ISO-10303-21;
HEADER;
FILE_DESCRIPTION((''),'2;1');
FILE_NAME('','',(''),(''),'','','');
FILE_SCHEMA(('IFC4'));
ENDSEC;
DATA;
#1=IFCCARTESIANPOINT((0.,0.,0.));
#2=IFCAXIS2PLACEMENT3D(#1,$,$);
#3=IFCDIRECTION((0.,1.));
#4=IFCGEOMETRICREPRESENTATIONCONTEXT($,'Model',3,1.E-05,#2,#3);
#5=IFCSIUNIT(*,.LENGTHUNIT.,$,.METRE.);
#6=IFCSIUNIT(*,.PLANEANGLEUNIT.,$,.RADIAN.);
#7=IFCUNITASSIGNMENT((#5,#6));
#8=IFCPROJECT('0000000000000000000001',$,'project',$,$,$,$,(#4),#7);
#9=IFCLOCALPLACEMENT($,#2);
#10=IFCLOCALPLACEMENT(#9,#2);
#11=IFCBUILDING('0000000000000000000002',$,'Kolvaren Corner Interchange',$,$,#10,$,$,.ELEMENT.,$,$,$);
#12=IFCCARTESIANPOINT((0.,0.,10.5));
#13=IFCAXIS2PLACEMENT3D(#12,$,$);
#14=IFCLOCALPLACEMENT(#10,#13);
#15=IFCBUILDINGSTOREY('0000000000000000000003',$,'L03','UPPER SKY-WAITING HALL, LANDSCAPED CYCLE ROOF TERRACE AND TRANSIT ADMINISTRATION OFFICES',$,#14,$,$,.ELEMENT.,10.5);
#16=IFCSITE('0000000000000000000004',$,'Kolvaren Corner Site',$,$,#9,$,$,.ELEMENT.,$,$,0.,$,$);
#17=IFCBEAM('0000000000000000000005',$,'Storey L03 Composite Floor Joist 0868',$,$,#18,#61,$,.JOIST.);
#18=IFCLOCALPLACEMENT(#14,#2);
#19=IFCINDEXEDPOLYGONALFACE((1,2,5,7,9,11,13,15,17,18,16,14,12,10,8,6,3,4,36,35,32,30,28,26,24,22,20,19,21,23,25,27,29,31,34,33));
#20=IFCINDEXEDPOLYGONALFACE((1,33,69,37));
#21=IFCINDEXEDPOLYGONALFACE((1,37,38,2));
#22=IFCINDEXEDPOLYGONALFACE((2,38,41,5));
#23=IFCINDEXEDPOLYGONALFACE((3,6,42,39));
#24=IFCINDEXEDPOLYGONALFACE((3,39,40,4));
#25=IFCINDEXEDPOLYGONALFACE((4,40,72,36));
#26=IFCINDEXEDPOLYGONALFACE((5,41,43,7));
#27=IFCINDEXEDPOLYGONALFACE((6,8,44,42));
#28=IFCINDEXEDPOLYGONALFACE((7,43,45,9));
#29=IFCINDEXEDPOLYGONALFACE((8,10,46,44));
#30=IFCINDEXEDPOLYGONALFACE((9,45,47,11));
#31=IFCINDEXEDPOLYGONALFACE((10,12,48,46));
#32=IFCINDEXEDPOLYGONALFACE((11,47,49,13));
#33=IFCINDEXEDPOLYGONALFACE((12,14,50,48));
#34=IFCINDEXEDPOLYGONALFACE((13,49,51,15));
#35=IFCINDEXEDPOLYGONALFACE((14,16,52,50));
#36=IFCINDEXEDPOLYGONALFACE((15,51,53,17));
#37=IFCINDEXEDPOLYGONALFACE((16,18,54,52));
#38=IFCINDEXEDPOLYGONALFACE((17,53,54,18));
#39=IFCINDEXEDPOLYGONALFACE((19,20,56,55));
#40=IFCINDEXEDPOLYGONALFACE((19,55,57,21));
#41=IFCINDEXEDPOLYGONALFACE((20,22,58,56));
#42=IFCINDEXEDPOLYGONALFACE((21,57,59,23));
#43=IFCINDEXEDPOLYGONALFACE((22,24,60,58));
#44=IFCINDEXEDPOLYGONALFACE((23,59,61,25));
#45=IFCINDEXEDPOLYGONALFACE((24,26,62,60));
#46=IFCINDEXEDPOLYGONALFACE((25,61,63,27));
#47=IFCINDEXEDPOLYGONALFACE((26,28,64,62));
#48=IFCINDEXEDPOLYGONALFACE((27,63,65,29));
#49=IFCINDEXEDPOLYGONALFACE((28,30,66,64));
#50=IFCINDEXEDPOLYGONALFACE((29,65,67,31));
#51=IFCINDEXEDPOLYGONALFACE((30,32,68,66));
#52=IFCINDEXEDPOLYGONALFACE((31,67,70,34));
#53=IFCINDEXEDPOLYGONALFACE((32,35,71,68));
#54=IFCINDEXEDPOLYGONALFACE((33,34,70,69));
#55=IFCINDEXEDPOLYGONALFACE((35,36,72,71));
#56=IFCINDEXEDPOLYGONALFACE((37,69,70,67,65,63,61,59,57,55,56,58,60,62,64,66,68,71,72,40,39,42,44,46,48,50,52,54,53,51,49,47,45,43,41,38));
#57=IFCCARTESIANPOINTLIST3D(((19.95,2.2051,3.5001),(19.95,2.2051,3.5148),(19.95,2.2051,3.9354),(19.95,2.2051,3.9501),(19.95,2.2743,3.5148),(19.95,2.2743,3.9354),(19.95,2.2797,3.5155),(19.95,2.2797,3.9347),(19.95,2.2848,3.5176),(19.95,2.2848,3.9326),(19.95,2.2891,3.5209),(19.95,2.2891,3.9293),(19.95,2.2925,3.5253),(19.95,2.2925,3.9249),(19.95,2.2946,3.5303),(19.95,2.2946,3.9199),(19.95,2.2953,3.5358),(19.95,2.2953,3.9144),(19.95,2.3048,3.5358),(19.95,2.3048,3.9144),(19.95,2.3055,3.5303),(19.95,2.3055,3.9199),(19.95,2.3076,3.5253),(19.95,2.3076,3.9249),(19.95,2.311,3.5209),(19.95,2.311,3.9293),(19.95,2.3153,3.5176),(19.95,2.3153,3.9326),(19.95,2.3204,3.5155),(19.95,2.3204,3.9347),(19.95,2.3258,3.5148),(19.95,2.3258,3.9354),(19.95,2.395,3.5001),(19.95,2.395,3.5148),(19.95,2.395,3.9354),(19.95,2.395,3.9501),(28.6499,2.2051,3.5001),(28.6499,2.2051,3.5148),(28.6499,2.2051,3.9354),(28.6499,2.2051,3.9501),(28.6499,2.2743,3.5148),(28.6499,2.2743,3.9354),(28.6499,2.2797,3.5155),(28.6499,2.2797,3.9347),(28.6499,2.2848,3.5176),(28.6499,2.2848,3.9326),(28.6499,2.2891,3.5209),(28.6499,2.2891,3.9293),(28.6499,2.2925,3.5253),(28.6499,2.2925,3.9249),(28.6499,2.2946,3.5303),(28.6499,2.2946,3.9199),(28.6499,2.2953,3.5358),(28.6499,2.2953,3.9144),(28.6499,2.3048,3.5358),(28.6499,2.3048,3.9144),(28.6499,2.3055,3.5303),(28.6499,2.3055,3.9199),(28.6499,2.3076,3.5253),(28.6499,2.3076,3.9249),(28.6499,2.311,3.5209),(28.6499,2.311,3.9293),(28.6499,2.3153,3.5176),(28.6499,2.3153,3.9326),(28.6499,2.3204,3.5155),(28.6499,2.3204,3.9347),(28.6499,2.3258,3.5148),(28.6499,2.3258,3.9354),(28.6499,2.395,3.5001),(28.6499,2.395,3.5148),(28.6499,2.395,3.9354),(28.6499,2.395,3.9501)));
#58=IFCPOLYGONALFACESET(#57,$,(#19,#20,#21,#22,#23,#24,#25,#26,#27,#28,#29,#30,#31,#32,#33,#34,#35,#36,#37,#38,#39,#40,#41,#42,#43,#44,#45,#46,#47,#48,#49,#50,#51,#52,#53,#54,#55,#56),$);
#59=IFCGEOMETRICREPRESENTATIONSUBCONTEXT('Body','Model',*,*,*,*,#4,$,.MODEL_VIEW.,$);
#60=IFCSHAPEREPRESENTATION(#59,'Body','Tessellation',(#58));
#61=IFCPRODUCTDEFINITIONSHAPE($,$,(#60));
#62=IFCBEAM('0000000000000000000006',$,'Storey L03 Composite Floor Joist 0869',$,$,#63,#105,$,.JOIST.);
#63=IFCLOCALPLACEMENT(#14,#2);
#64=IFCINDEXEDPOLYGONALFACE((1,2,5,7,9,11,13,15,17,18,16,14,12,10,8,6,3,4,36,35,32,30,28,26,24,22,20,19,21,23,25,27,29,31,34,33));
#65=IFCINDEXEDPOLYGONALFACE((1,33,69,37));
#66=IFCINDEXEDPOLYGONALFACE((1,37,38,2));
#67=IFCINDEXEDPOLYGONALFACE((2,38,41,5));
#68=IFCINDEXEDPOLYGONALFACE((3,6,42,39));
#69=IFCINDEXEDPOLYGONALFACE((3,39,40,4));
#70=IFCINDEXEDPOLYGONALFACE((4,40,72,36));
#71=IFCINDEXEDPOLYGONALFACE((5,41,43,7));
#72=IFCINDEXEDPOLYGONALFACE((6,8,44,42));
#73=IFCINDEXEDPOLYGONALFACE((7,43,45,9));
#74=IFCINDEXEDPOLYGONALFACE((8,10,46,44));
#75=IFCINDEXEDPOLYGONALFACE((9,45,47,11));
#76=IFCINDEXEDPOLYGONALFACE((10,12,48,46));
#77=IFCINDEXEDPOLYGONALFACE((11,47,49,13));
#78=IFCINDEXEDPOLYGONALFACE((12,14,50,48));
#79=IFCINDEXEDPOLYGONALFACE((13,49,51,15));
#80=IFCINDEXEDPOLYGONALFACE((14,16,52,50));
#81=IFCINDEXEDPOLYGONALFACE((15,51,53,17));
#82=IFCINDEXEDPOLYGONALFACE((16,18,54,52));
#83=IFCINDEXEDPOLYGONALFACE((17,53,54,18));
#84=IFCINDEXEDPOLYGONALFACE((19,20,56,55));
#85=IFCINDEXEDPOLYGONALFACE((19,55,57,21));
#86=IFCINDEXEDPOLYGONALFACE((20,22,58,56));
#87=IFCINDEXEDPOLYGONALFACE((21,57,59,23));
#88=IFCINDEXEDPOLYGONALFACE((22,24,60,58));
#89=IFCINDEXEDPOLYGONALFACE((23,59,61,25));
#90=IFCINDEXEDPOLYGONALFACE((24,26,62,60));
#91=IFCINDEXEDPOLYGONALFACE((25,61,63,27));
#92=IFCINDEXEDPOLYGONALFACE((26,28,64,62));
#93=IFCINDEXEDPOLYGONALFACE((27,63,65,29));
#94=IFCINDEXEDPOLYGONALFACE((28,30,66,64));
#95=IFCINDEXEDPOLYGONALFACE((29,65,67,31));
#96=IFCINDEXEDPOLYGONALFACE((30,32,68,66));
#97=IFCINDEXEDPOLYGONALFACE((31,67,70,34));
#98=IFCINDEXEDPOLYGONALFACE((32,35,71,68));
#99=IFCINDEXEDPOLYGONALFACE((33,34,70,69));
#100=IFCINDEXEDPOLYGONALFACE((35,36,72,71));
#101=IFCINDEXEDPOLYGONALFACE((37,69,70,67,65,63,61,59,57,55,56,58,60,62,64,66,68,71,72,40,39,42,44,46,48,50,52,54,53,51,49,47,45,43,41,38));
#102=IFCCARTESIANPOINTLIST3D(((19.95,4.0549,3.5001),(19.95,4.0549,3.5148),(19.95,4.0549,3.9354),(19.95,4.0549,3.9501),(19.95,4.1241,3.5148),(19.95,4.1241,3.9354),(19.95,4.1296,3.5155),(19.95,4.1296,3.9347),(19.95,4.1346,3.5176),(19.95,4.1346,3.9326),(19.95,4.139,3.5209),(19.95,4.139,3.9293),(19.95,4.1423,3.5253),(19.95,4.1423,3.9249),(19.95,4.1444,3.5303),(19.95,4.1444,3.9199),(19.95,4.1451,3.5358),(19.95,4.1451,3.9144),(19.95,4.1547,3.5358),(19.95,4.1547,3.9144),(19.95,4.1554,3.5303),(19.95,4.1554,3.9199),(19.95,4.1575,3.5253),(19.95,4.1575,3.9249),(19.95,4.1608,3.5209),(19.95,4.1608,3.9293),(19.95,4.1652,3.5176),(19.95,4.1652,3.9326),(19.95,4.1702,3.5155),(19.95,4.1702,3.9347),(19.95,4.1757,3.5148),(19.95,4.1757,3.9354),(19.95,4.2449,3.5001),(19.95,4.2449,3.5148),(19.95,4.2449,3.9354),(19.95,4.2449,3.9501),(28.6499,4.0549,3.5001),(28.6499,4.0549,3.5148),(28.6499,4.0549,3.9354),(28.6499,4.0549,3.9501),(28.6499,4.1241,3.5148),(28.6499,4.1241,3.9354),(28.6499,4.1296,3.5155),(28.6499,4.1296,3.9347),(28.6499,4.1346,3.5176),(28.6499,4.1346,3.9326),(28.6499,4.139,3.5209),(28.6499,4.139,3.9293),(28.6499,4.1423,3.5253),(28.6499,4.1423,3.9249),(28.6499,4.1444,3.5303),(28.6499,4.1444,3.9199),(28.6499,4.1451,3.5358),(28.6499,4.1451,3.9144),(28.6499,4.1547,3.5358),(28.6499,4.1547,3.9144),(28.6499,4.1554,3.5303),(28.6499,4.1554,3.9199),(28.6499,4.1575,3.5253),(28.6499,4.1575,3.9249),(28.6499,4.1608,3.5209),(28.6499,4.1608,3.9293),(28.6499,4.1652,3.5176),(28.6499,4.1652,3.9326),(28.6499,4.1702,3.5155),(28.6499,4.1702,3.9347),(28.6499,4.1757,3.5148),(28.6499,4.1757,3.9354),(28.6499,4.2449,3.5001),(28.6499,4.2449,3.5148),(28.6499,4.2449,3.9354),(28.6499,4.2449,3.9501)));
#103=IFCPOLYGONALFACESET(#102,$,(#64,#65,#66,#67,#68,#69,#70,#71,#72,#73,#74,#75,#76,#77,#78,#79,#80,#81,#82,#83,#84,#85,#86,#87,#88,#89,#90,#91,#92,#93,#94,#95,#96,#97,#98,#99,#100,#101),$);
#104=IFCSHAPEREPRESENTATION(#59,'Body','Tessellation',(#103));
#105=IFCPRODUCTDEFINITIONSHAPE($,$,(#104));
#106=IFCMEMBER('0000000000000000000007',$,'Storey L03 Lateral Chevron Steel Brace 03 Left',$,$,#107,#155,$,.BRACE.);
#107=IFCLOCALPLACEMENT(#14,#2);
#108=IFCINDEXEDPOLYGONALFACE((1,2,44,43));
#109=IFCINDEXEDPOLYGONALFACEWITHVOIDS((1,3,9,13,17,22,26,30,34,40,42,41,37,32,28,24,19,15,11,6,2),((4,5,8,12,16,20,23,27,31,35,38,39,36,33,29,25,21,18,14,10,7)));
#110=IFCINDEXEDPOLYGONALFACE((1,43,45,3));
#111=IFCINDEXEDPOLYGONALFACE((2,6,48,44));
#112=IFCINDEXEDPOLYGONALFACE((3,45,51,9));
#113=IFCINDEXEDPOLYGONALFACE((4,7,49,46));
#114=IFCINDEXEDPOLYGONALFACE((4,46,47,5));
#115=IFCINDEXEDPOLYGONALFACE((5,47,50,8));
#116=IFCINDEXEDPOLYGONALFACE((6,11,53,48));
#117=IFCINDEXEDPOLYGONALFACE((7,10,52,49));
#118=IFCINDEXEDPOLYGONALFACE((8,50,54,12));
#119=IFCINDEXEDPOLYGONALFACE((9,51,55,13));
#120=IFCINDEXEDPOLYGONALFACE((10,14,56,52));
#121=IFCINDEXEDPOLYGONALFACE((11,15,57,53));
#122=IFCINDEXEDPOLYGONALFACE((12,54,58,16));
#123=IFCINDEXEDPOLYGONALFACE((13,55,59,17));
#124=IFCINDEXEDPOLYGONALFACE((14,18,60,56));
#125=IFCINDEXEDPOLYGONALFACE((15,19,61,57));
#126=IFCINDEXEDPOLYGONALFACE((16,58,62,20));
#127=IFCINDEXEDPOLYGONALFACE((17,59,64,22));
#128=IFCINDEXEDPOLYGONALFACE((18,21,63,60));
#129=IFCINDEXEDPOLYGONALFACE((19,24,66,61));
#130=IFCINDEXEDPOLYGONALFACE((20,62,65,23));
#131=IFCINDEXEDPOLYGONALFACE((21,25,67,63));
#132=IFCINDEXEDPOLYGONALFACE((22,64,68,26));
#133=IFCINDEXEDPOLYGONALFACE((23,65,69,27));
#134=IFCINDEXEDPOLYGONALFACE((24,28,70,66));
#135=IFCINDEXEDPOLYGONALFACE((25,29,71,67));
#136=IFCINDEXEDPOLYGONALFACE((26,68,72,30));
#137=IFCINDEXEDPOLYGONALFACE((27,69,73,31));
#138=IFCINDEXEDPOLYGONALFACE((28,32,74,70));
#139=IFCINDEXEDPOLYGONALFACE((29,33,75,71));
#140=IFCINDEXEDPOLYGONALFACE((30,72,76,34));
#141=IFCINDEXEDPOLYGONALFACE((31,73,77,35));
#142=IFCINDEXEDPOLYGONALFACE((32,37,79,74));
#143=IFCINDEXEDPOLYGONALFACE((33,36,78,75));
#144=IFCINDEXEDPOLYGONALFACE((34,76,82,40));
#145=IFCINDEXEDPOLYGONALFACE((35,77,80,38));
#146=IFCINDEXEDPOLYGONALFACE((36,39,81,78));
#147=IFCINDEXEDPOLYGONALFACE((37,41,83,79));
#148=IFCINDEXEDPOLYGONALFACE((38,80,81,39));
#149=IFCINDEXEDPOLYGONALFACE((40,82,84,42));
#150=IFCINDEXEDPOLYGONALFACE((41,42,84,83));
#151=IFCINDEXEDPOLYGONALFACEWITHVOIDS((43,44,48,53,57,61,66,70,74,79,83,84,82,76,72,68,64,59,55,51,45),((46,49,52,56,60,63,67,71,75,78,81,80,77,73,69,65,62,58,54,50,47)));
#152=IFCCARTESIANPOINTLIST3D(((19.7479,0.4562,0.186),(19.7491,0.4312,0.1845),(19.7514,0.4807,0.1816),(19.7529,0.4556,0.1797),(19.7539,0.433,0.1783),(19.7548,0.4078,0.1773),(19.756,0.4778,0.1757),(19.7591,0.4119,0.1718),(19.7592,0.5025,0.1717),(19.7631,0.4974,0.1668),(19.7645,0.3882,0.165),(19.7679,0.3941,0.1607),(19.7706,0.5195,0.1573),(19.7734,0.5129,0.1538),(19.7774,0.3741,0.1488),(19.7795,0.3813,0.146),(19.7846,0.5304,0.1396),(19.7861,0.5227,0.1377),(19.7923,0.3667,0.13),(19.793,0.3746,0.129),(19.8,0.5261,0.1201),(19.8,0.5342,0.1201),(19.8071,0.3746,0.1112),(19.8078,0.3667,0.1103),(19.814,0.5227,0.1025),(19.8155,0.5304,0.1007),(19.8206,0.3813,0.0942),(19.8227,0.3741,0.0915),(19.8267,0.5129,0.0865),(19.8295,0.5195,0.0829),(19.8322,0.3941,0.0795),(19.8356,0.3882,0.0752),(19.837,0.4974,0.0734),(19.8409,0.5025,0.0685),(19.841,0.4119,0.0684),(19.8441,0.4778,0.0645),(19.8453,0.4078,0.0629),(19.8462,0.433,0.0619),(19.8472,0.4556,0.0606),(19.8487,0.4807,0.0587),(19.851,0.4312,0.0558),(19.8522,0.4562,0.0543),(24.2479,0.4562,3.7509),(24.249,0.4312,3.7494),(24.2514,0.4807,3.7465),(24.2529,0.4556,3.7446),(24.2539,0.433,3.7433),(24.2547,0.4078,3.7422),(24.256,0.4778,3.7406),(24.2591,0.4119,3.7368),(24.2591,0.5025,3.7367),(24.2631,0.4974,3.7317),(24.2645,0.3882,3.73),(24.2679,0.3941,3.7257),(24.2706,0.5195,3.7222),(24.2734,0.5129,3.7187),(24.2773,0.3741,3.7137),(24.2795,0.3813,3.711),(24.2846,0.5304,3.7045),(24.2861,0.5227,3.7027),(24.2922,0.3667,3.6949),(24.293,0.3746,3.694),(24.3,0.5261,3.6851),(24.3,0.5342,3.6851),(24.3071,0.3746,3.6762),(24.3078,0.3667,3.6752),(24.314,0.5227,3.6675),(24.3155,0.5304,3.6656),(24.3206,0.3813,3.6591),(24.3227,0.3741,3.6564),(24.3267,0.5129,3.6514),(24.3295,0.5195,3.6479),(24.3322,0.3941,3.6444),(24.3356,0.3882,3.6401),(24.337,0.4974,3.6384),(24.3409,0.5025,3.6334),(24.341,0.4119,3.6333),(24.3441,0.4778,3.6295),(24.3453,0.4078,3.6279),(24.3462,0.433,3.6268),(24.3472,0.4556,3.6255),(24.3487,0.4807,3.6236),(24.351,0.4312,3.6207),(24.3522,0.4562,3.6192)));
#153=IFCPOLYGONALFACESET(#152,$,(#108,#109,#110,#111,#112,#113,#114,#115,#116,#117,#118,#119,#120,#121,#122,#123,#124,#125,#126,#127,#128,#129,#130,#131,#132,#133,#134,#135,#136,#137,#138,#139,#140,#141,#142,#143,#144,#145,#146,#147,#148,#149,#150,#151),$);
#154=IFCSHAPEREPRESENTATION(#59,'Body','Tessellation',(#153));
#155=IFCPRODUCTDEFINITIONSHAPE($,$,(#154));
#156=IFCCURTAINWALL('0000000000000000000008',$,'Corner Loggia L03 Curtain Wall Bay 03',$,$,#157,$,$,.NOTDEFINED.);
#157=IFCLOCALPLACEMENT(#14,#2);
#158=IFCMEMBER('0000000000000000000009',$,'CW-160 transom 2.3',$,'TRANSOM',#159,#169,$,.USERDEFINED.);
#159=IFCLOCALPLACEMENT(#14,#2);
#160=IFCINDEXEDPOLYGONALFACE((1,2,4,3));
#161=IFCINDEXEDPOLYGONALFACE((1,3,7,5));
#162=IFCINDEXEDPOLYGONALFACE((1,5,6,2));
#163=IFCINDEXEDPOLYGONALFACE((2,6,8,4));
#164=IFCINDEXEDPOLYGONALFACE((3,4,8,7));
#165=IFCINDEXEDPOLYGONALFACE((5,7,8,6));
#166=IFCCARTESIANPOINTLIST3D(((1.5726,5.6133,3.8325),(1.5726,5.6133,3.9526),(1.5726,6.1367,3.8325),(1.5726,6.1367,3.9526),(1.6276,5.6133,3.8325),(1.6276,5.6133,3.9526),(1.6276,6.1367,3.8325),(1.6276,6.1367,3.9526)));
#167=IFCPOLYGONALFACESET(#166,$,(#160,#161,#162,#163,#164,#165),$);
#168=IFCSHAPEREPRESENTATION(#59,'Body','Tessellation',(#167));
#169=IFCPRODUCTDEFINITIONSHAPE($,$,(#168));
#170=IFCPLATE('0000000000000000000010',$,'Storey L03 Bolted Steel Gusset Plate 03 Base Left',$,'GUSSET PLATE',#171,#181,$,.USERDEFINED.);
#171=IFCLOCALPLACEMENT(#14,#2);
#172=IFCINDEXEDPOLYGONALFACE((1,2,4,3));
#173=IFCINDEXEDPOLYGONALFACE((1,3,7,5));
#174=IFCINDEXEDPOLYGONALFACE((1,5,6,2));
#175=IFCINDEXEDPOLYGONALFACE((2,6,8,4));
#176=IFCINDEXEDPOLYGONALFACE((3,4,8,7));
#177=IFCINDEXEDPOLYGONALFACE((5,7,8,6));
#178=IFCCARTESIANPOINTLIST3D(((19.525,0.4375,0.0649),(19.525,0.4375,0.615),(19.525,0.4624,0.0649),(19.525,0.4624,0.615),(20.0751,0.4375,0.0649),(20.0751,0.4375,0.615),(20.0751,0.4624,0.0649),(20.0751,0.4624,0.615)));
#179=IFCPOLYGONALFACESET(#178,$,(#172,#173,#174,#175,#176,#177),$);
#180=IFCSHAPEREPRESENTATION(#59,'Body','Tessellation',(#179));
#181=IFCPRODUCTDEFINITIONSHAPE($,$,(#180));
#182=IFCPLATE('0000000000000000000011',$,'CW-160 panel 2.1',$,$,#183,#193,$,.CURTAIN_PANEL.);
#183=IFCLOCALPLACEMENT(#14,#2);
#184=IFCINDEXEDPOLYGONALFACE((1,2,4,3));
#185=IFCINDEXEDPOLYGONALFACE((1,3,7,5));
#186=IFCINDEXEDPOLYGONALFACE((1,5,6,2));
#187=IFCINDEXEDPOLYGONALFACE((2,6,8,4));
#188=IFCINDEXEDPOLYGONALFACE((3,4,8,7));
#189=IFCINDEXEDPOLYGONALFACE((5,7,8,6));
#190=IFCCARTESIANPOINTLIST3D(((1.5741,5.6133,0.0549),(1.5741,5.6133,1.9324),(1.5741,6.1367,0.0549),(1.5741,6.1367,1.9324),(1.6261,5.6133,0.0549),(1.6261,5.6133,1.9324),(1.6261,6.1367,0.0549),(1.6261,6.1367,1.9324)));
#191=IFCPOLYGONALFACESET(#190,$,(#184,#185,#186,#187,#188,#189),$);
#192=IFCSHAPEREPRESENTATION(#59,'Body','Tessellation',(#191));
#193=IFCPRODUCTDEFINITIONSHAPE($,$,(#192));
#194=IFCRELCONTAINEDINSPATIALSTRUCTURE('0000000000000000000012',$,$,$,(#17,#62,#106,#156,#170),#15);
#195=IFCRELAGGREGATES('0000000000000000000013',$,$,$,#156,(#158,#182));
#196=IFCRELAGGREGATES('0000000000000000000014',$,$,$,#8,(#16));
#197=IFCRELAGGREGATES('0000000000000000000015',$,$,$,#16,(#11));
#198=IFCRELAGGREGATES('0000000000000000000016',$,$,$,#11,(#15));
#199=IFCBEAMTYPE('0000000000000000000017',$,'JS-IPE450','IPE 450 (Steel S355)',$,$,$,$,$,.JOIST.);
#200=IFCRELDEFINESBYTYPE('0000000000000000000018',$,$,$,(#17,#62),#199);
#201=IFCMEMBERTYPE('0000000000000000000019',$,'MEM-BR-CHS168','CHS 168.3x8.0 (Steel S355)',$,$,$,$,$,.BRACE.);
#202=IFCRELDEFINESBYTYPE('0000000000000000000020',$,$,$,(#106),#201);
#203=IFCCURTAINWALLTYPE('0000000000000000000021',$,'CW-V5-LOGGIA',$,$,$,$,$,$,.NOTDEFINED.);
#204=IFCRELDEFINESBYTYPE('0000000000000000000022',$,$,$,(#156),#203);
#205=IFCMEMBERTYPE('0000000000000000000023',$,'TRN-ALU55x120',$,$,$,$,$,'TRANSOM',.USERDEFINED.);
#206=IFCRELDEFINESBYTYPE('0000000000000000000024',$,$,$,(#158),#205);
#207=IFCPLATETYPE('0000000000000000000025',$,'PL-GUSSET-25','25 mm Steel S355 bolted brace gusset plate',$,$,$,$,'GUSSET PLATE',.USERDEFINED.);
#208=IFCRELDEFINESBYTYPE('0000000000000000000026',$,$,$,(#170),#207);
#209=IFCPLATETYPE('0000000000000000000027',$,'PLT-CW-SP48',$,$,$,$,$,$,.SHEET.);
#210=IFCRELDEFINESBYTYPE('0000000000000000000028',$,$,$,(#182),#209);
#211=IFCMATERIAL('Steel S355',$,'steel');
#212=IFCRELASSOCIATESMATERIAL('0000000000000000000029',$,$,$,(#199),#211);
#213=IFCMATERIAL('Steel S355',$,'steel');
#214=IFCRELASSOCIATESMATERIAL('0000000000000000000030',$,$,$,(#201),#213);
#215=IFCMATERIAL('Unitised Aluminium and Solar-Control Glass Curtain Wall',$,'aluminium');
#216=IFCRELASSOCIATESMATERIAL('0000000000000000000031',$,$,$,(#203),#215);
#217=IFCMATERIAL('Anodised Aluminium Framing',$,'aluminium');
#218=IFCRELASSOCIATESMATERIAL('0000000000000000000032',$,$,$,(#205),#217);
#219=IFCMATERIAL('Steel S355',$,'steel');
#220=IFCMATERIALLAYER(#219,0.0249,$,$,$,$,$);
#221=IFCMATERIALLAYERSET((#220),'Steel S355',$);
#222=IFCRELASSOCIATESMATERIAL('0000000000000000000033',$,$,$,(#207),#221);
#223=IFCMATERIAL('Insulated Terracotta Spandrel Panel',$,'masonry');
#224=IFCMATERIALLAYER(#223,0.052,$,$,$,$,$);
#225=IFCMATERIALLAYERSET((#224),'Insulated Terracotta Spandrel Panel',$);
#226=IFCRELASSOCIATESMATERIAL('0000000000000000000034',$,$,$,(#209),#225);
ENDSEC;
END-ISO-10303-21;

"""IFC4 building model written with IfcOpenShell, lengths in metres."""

from ifc_helpers import new_model, si_unit, direction, frame, origin, origin_2d, place, context, subcontext, project, spatial, rectangle, hollow_circle, i_section, extrude, material, layer, layer_set, material_profile, profile_set, type_object, element, aggregate, save


model = new_model("IFC4")

# Units and contexts
model_context = context("Model", 3, precision=1e-05, world=origin(), true_north=direction((0.0, 1.0)))
body_context = subcontext(model_context, "Body", "Model", "MODEL_VIEW")
ifc_project = project(units=[si_unit("LENGTHUNIT", "METRE"), si_unit("PLANEANGLEUNIT", "RADIAN")], contexts=[model_context])

# Site, building, storey
site_placement = place(None, origin())
site = spatial("IfcSite", under=ifc_project, at=site_placement, Name="Kolvaren Corner Site", CompositionType="ELEMENT", RefElevation=0.0)
building_placement = place(site_placement, origin())
building = spatial("IfcBuilding", under=site, at=building_placement, Name="Kolvaren Corner Interchange", CompositionType="ELEMENT")
storey_placement = place(building_placement, frame((0.0, 0.0, 10.5)))
storey = spatial("IfcBuildingStorey", under=building, at=storey_placement, Name="L03", Description="UPPER SKY-WAITING HALL, LANDSCAPED CYCLE ROOF TERRACE AND TRANSIT ADMINISTRATION OFFICES", CompositionType="ELEMENT", Elevation=10.5)

# Beams
ifc_material_1 = material(Name="Steel S355", Category="steel")
ifc_material_profile_1 = material_profile(ifc_material_1, i_section(OverallWidth=0.1899, OverallDepth=0.45, WebThickness=0.0095, FlangeThickness=0.0146, FilletRadius=0.021, at=origin_2d()), Name="IPE 450")
ifc_profile_set_1 = profile_set([ifc_material_profile_1], Name="Steel S355")
beam_type_1 = type_object("IfcBeamType", Name="JS-IPE450", Description="IPE 450 (Steel S355)", PredefinedType="JOIST", material=ifc_profile_set_1)
for number, where, z_axis, x_axis, name in (
    (1, (19.95, 2.3, 3.7251), (1.0, 0.0, 0.0), (0.0, 1.0, 0.0), "Storey L03 Composite Floor Joist 0868"),
    (2, (19.95, 4.1499, 3.7251), (1.0, 0.0, 0.0), (0.0, 1.0, 0.0), "Storey L03 Composite Floor Joist 0869"),
):
    element("IfcBeam", number, at=place(storey_placement, frame(where, z_axis=z_axis, x_axis=x_axis)), inside=storey, type_object=beam_type_1, Name=name, PredefinedType="JOIST", context=body_context, shape_type="SweptSolid", body=[
        extrude(i_section(OverallWidth=0.1899, OverallDepth=0.45, WebThickness=0.0095, FlangeThickness=0.0146, FilletRadius=0.021, at=origin_2d()), origin(), (0.0, 0.0, 1.0), 8.7),
    ])

# Member
ifc_material_2 = material(Name="Steel S355", Category="steel")
ifc_material_profile_2 = material_profile(ifc_material_2, hollow_circle(Radius=0.0842, WallThickness=0.0081, at=origin_2d()), Name="CHS 168.3x8.0")
ifc_profile_set_2 = profile_set([ifc_material_profile_2], Name="Steel S355")
member_type_1 = type_object("IfcMemberType", Name="MEM-BR-CHS168", Description="CHS 168.3x8.0 (Steel S355)", PredefinedType="BRACE", material=ifc_profile_set_2)
member_1_placement = place(storey_placement, frame((19.8, 0.45, 0.1201), z_axis=(0.783839, 0.0, 0.620964), x_axis=(0.0, 1.0, 0.0)))
element("IfcMember", 3, at=member_1_placement, inside=storey, type_object=member_type_1, Name="Storey L03 Lateral Chevron Steel Brace 03 Left", PredefinedType="BRACE", context=body_context, shape_type="SweptSolid", body=[
    extrude(hollow_circle(Radius=0.0842, WallThickness=0.0081, at=origin_2d()), origin(), (0.0, 0.0, 1.0), 5.741),
])

# Curtain wall, member
ifc_material_3 = material(Name="Unitised Aluminium and Solar-Control Glass Curtain Wall", Category="aluminium")
curtain_wall_type = type_object("IfcCurtainWallType", Name="CW-V5-LOGGIA", PredefinedType="NOTDEFINED", material=ifc_material_3)
curtain_wall_placement = place(storey_placement, origin())
curtain_wall = element("IfcCurtainWall", 4, at=curtain_wall_placement, inside=storey, type_object=curtain_wall_type, Name="Corner Loggia L03 Curtain Wall Bay 03", PredefinedType="NOTDEFINED")
ifc_material_4 = material(Name="Anodised Aluminium Framing", Category="aluminium")
ifc_material_profile_3 = material_profile(ifc_material_4, rectangle(XDim=0.0549, YDim=0.1201, at=origin_2d()), Name="ALU 55x120")
ifc_profile_set_3 = profile_set([ifc_material_profile_3], Name="Anodised Aluminium Framing")
member_type_2 = type_object("IfcMemberType", Name="TRN-ALU55x120", ElementType="TRANSOM", PredefinedType="USERDEFINED", material=ifc_profile_set_3)
member_2_placement = place(storey_placement, frame((1.6001, 5.6133, 3.8926), z_axis=(0.0, 1.0, 0.0), x_axis=(-1.0, 0.0, 0.0)))
member_2 = element("IfcMember", 5, at=member_2_placement, type_object=member_type_2, Name="CW-160 transom 2.3", ObjectType="TRANSOM", PredefinedType="USERDEFINED", context=body_context, shape_type="SweptSolid", body=[
    extrude(rectangle(XDim=0.0549, YDim=0.1201, at=origin_2d()), origin(), (0.0, 0.0, 1.0), 0.5234),
])

# Plates
ifc_material_5 = material(Name="Steel S355", Category="steel")
ifc_layer_1 = layer(ifc_material_5, 0.0249)
ifc_layer_set_1 = layer_set([ifc_layer_1], Name="Steel S355")
plate_type_1 = type_object("IfcPlateType", Name="PL-GUSSET-25", Description="25 mm Steel S355 bolted brace gusset plate", ElementType="GUSSET PLATE", PredefinedType="USERDEFINED", material=ifc_layer_set_1)
plate_1_placement = place(storey_placement, frame((19.8, 0.45, 0.0649), z_axis=(0.0, 0.0, 1.0), x_axis=(1.0, 0.0, 0.0)))
element("IfcPlate", 6, at=plate_1_placement, inside=storey, type_object=plate_type_1, Name="Storey L03 Bolted Steel Gusset Plate 03 Base Left", ObjectType="GUSSET PLATE", PredefinedType="USERDEFINED", context=body_context, shape_type="SweptSolid", body=[
    extrude(rectangle(XDim=0.55, YDim=0.0249, at=origin_2d()), origin(), (0.0, 0.0, 1.0), 0.55),
])
ifc_material_6 = material(Name="Insulated Terracotta Spandrel Panel", Category="masonry")
ifc_layer_2 = layer(ifc_material_6, 0.052)
ifc_layer_set_2 = layer_set([ifc_layer_2], Name="Insulated Terracotta Spandrel Panel")
plate_type_2 = type_object("IfcPlateType", Name="PLT-CW-SP48", PredefinedType="SHEET", material=ifc_layer_set_2)
plate_2_placement = place(storey_placement, frame((1.6001, 5.875, 0.0549), z_axis=(0.0, 0.0, 1.0), x_axis=(0.0, 1.0, 0.0)))
plate_2 = element("IfcPlate", 7, at=plate_2_placement, type_object=plate_type_2, Name="CW-160 panel 2.1", PredefinedType="CURTAIN_PANEL", context=body_context, shape_type="SweptSolid", body=[
    extrude(rectangle(XDim=0.5234, YDim=0.052, at=origin_2d()), origin(), (0.0, 0.0, 1.0), 1.8774),
])
aggregate(curtain_wall, [member_2, plate_2])

save(model, "model.ifc")
